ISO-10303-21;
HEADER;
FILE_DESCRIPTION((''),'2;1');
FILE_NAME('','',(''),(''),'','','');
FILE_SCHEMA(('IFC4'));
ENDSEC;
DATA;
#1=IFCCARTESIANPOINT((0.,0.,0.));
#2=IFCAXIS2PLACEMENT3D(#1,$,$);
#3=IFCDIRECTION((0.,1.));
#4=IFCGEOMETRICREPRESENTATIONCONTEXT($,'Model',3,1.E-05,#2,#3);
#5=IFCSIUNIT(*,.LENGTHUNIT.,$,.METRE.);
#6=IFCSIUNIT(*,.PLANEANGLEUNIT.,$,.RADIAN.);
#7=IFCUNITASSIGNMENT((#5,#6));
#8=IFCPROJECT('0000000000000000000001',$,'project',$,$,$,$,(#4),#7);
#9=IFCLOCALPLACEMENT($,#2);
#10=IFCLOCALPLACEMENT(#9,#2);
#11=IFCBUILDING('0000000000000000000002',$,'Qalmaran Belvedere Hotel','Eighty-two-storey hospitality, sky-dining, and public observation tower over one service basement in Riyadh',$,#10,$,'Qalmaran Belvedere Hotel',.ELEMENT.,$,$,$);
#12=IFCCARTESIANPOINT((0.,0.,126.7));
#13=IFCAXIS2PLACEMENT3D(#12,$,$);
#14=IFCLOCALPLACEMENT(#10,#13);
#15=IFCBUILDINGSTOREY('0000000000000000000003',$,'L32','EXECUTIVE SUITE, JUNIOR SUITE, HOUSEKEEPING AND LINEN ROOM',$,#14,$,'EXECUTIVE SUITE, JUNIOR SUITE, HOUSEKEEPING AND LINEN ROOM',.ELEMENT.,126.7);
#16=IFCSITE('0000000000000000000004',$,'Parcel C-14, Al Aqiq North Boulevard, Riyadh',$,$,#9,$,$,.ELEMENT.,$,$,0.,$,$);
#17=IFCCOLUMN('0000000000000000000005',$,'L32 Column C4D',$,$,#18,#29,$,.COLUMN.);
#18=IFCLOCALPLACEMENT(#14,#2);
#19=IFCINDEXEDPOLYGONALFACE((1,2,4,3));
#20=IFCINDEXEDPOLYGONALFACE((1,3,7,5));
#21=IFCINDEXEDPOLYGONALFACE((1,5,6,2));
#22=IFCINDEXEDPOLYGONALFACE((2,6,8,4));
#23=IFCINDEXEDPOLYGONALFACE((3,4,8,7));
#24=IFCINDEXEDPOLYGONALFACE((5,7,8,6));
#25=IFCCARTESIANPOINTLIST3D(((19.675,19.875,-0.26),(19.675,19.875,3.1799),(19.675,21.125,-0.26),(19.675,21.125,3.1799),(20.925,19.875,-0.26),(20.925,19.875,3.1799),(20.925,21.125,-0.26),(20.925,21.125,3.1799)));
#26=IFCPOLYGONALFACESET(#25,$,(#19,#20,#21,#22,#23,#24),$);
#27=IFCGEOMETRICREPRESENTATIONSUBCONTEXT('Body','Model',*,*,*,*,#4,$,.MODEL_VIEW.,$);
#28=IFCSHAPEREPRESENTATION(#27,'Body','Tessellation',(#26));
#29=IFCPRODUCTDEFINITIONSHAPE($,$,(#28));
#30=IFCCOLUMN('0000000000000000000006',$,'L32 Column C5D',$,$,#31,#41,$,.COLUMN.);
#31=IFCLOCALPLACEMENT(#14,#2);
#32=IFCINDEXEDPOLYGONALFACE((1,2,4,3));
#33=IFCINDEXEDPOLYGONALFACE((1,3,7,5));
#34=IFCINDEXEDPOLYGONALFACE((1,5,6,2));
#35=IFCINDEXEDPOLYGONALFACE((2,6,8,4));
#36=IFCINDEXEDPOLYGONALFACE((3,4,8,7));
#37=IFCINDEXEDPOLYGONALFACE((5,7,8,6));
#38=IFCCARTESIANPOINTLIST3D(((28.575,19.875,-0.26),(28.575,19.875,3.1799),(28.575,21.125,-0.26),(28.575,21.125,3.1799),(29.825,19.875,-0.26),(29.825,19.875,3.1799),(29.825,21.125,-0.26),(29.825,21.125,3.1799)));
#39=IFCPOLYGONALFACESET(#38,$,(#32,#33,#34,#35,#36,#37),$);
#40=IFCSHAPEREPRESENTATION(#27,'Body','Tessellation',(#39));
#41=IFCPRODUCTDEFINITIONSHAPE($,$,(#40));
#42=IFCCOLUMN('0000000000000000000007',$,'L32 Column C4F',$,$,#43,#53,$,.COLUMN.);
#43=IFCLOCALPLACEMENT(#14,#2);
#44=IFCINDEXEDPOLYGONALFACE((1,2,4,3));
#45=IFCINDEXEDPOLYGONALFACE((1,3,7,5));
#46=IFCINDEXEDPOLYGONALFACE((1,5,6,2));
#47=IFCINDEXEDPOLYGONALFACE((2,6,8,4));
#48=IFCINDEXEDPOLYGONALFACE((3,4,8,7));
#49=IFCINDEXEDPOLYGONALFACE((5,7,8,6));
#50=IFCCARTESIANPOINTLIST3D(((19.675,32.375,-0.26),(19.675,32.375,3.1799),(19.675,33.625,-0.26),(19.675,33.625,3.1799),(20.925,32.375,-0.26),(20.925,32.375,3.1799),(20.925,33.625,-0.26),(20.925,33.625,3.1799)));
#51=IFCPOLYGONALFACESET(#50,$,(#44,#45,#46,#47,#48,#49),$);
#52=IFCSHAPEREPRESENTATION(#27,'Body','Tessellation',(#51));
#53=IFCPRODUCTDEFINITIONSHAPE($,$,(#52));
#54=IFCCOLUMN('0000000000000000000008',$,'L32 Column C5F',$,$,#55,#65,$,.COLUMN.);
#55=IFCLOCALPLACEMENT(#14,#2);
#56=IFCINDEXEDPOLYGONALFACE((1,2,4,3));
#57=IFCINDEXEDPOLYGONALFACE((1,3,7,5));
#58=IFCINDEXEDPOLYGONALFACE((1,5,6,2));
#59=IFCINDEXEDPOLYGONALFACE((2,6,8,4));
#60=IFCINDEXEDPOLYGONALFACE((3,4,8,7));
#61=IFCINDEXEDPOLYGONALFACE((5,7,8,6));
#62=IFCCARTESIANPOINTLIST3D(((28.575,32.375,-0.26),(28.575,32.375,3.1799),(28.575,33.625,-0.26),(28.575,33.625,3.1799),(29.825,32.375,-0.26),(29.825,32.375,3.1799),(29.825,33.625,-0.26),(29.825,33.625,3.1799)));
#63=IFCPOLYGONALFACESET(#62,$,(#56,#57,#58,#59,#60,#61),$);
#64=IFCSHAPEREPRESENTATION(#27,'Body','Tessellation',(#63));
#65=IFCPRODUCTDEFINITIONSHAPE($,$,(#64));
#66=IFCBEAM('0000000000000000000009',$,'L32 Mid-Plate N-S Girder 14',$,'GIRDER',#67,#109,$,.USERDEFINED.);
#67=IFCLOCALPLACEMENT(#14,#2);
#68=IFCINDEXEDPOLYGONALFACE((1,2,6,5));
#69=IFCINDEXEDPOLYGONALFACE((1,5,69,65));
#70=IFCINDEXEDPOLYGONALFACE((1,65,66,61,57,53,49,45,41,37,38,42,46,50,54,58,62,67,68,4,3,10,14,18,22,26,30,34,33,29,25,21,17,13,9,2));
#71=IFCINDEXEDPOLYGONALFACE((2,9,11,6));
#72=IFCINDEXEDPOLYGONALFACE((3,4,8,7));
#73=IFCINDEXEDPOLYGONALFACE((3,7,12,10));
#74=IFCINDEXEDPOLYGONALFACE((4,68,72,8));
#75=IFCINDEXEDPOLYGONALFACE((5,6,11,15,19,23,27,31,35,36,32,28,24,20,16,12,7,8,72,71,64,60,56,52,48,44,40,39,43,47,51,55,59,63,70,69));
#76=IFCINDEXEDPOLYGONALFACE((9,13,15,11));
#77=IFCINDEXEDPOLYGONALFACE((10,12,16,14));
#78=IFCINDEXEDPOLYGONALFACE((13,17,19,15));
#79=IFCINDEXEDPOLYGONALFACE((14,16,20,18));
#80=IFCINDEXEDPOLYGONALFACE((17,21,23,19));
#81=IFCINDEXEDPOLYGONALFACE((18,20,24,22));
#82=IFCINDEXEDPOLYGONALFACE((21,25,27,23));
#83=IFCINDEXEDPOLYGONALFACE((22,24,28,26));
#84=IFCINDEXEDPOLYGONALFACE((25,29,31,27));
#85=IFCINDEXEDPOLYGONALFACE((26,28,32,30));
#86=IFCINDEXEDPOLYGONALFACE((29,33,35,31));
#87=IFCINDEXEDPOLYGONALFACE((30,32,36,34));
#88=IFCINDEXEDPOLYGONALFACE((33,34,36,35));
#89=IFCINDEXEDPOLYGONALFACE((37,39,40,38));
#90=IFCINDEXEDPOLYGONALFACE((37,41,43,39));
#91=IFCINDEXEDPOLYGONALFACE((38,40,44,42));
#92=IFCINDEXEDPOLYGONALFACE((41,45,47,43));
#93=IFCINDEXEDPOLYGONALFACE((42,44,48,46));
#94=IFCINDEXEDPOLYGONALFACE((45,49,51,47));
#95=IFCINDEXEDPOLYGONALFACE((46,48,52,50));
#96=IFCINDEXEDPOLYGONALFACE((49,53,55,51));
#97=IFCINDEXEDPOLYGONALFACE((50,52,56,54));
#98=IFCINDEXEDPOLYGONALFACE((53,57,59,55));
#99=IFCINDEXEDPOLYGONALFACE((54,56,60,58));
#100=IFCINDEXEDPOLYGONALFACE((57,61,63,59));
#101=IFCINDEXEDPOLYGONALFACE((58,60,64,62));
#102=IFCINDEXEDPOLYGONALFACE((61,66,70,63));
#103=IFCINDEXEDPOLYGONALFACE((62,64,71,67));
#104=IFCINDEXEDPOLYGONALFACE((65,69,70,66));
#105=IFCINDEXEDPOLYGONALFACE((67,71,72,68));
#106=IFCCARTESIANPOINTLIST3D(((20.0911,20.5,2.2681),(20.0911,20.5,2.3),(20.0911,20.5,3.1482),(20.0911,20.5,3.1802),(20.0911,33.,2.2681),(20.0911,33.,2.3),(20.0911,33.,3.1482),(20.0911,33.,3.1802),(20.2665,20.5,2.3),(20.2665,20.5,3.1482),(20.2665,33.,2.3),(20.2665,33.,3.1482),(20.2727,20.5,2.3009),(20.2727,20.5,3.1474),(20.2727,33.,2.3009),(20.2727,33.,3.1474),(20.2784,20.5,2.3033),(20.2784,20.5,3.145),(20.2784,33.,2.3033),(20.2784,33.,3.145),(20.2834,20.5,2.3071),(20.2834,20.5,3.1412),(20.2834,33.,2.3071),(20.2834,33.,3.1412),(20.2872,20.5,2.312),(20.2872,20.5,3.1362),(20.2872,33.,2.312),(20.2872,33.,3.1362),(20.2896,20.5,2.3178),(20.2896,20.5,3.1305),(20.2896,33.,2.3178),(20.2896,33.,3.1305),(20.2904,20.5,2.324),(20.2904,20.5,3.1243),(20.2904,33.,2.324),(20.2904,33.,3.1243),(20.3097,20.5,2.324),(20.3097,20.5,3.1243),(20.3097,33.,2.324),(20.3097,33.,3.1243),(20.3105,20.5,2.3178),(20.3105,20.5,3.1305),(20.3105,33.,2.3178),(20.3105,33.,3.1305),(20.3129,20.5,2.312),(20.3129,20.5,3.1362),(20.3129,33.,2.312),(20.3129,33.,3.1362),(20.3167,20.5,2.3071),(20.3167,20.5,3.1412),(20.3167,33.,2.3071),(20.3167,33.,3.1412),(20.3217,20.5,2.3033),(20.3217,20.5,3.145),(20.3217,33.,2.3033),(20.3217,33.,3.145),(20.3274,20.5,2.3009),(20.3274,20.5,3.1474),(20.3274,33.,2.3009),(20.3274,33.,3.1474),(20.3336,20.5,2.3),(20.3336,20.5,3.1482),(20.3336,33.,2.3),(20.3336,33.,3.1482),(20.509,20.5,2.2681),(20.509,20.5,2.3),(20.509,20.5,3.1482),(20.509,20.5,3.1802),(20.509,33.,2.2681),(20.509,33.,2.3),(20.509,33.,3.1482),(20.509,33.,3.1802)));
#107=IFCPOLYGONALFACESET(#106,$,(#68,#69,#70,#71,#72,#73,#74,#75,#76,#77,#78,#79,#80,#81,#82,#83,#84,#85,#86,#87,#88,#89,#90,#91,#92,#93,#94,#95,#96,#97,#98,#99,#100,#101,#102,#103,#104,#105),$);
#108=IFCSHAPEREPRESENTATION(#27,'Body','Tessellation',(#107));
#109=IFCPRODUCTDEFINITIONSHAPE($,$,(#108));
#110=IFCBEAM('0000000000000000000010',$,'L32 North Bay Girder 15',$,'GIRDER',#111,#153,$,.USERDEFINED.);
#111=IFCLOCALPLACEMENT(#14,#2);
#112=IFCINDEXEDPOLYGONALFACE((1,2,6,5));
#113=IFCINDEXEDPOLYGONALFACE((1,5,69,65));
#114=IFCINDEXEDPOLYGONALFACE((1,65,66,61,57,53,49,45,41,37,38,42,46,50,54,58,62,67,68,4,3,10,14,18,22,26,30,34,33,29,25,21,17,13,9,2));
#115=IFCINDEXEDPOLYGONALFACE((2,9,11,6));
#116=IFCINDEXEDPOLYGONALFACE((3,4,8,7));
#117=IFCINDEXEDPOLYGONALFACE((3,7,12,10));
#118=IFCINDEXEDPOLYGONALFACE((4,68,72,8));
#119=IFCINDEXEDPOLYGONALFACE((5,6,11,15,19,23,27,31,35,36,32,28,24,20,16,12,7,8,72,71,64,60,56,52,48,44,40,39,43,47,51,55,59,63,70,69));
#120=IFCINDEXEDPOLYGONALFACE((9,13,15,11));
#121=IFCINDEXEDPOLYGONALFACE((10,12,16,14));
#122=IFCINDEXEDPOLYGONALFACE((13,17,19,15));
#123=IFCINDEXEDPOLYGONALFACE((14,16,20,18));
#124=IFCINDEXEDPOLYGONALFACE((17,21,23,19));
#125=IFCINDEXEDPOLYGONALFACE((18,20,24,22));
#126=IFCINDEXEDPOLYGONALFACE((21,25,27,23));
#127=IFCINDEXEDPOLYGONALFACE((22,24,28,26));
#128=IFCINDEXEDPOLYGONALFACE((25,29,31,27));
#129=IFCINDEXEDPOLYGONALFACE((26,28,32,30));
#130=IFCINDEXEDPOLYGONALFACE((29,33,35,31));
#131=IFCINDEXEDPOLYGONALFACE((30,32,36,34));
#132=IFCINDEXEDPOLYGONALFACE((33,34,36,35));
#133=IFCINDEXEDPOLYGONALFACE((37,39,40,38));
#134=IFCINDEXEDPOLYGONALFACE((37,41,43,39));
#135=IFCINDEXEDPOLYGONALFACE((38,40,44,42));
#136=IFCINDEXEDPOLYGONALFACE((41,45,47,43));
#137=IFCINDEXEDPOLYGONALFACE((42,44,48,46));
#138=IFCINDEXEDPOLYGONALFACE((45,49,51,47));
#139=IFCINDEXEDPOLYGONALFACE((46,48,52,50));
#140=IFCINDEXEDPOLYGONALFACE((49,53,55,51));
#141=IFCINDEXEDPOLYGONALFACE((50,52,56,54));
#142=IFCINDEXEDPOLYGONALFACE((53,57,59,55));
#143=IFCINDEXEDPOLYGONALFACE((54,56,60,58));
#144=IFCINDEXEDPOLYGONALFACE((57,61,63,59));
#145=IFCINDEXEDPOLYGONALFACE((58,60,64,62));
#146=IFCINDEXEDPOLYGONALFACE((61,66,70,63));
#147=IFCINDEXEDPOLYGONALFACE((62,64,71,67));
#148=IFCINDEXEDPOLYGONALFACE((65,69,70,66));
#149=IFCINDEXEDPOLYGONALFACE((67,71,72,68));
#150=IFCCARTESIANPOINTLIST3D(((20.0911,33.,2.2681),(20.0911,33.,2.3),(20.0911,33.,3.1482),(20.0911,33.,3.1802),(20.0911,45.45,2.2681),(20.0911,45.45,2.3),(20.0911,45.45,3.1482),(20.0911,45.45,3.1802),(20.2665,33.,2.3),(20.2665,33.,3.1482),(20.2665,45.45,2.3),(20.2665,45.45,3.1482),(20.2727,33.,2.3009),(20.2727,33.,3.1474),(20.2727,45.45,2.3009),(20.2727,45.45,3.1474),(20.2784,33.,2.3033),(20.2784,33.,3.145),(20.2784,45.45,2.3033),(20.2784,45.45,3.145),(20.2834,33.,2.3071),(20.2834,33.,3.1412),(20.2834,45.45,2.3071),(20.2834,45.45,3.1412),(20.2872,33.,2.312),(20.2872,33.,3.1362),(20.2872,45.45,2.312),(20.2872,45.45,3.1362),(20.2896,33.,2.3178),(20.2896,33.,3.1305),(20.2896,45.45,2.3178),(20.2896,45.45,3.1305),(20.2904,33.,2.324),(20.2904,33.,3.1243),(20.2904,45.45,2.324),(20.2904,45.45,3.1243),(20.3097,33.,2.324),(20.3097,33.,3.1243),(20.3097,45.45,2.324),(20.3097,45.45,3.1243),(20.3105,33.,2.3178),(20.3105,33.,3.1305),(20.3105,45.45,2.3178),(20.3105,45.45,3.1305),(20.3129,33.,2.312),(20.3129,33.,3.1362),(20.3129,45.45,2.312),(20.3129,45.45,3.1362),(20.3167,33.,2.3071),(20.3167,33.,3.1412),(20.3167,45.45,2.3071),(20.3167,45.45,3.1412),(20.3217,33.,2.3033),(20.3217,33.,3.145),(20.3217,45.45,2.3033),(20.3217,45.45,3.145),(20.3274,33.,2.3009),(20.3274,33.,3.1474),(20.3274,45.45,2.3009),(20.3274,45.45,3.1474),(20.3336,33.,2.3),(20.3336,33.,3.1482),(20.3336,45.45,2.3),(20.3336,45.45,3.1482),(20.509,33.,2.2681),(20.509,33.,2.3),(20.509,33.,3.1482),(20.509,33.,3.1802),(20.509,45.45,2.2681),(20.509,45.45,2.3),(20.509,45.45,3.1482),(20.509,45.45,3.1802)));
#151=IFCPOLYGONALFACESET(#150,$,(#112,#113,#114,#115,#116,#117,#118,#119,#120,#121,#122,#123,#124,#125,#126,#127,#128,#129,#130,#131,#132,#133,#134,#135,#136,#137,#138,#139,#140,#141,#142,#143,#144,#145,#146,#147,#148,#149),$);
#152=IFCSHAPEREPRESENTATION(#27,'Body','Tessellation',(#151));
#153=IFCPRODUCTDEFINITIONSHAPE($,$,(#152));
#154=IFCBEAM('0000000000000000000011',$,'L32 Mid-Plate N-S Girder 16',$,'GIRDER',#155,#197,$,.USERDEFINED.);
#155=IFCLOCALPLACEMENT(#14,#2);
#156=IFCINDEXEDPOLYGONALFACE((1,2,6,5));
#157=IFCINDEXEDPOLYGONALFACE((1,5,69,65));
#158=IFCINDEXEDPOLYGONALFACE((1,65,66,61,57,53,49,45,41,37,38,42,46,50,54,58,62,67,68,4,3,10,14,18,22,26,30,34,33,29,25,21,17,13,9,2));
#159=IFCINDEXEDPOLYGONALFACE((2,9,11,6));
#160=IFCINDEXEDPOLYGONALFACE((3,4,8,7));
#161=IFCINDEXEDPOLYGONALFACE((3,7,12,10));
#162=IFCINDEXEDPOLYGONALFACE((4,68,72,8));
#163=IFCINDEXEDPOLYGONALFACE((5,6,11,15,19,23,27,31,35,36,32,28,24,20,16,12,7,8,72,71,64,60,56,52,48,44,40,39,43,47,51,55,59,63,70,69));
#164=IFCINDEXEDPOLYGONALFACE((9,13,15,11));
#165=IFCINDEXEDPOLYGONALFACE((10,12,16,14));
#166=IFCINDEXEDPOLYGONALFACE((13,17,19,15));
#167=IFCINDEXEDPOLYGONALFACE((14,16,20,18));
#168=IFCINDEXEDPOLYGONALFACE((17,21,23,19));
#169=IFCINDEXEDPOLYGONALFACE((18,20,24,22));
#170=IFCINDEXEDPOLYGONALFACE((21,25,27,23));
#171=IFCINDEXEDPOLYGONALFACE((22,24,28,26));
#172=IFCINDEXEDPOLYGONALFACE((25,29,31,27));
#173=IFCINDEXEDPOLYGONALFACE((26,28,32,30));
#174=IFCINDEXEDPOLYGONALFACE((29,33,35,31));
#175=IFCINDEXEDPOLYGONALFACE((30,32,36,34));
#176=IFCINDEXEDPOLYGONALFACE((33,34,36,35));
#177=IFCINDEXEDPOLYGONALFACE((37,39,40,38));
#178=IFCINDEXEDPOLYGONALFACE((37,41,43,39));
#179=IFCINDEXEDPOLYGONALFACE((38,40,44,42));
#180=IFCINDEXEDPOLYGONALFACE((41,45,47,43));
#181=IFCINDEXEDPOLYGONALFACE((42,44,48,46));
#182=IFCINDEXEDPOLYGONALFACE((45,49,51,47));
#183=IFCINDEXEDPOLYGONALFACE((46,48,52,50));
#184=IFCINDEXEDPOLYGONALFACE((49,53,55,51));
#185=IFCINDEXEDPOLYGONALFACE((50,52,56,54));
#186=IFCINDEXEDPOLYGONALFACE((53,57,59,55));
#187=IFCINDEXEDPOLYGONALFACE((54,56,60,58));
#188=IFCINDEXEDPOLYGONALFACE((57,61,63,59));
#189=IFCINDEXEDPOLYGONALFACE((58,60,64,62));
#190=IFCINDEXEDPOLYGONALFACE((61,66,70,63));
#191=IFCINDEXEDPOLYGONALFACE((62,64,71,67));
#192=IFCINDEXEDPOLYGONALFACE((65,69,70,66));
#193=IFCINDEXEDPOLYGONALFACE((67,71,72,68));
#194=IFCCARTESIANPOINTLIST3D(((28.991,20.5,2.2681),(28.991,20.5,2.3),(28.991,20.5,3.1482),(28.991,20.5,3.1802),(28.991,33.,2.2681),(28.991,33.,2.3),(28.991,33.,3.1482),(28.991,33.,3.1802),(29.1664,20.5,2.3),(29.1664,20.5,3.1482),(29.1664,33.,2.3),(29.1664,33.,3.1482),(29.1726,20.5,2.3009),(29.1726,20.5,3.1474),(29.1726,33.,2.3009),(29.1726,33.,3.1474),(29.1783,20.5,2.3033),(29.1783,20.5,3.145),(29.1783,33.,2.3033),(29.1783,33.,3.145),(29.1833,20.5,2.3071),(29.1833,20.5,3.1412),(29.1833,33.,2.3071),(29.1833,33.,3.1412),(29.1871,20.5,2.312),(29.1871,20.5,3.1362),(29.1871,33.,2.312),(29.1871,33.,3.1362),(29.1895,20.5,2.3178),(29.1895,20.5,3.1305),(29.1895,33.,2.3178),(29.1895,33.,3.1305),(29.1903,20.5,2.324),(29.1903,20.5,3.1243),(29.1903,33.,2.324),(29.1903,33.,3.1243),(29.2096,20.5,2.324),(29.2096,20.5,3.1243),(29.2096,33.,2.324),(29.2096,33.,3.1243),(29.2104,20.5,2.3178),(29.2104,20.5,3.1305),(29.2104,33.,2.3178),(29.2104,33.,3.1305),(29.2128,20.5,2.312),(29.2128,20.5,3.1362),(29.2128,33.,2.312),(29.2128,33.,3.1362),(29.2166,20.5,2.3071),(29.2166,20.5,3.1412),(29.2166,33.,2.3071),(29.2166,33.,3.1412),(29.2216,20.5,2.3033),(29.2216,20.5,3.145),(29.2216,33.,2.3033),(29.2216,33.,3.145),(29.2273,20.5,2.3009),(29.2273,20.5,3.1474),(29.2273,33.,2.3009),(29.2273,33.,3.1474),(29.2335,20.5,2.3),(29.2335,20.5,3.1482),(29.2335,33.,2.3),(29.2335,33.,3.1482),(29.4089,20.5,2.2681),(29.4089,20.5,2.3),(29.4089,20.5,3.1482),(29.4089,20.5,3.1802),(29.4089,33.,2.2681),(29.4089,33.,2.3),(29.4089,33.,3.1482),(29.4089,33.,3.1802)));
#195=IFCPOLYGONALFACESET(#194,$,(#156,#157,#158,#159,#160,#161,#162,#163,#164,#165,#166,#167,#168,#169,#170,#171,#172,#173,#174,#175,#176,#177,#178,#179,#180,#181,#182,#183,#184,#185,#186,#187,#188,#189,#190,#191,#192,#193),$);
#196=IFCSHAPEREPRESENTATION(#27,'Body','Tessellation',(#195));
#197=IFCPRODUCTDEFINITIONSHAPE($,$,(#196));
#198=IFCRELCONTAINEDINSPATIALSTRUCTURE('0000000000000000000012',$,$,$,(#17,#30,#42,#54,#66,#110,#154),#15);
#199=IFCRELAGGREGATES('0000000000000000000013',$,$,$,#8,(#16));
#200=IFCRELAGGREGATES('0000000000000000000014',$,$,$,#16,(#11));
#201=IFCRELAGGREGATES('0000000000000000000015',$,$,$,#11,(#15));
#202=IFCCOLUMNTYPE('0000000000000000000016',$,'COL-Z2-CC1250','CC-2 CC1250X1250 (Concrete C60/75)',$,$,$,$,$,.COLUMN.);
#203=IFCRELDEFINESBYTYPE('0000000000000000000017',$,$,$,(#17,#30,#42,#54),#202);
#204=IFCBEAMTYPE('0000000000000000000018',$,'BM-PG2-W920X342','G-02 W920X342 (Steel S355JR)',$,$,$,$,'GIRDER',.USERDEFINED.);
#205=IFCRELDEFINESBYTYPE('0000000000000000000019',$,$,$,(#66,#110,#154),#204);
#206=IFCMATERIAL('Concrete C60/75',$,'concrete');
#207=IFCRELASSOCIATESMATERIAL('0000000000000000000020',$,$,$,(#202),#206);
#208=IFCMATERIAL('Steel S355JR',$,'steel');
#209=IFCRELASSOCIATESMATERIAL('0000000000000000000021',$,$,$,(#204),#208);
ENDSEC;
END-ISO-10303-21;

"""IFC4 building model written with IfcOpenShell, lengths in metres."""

from ifc_helpers import new_model, si_unit, direction, frame, origin, origin_2d, place, context, subcontext, project, spatial, rectangle, i_section, extrude, material, material_profile, profile_set, type_object, element, save


model = new_model("IFC4")

# Units and contexts
model_context = context("Model", 3, precision=1e-05, world=origin(), true_north=direction((0.0, 1.0)))
body_context = subcontext(model_context, "Body", "Model", "MODEL_VIEW")
ifc_project = project(units=[si_unit("LENGTHUNIT", "METRE"), si_unit("PLANEANGLEUNIT", "RADIAN")], contexts=[model_context])

# Site, building, storey
site_placement = place(None, origin())
site = spatial("IfcSite", under=ifc_project, at=site_placement, Name="Parcel C-14, Al Aqiq North Boulevard, Riyadh", CompositionType="ELEMENT", RefElevation=0.0)
building_placement = place(site_placement, origin())
building = spatial("IfcBuilding", under=site, at=building_placement, Name="Qalmaran Belvedere Hotel", Description="Eighty-two-storey hospitality, sky-dining, and public observation tower over one service basement in Riyadh", LongName="Qalmaran Belvedere Hotel", CompositionType="ELEMENT")
storey_placement = place(building_placement, frame((0.0, 0.0, 126.7)))
storey = spatial("IfcBuildingStorey", under=building, at=storey_placement, Name="L32", Description="EXECUTIVE SUITE, JUNIOR SUITE, HOUSEKEEPING AND LINEN ROOM", LongName="EXECUTIVE SUITE, JUNIOR SUITE, HOUSEKEEPING AND LINEN ROOM", CompositionType="ELEMENT", Elevation=126.7)

# Columns
ifc_material_1 = material(Name="Concrete C60/75", Category="concrete")
ifc_material_profile_1 = material_profile(ifc_material_1, rectangle(XDim=1.25, YDim=1.25, at=origin_2d()), Name="CC1250X1250")
ifc_profile_set_1 = profile_set([ifc_material_profile_1], Name="Concrete C60/75")
column_type = type_object("IfcColumnType", Name="COL-Z2-CC1250", Description="CC-2 CC1250X1250 (Concrete C60/75)", PredefinedType="COLUMN", material=ifc_profile_set_1)
for number, where, z_axis, x_axis, name in (
    (1, (20.3, 20.5, -0.26), (0.0, 0.0, 1.0), (1.0, 0.0, 0.0), "L32 Column C4D"),
    (2, (29.2, 20.5, -0.26), (0.0, 0.0, 1.0), (1.0, 0.0, 0.0), "L32 Column C5D"),
    (3, (20.3, 33.0, -0.26), (0.0, 0.0, 1.0), (1.0, 0.0, 0.0), "L32 Column C4F"),
    (4, (29.2, 33.0, -0.26), (0.0, 0.0, 1.0), (1.0, 0.0, 0.0), "L32 Column C5F"),
):
    element("IfcColumn", number, at=place(storey_placement, frame(where, z_axis=z_axis, x_axis=x_axis)), inside=storey, type_object=column_type, Name=name, PredefinedType="COLUMN", context=body_context, shape_type="SweptSolid", body=[
        extrude(rectangle(XDim=1.25, YDim=1.25, at=origin_2d()), origin(), (0.0, 0.0, 1.0), 3.4399),
    ])

# Beams
ifc_material_2 = material(Name="Steel S355JR", Category="steel")
ifc_material_profile_2 = material_profile(ifc_material_2, i_section(OverallWidth=0.418, OverallDepth=0.9121, WebThickness=0.0193, FlangeThickness=0.032, FilletRadius=0.0239, at=origin_2d()), Name="W920X342")
ifc_profile_set_2 = profile_set([ifc_material_profile_2], Name="Steel S355JR")
beam_type_1 = type_object("IfcBeamType", Name="BM-PG2-W920X342", Description="G-02 W920X342 (Steel S355JR)", ElementType="GIRDER", PredefinedType="USERDEFINED", material=ifc_profile_set_2)
beam_1_placement = place(storey_placement, frame((20.3, 20.5, 2.7241), z_axis=(0.0, 1.0, 0.0), x_axis=(-1.0, 0.0, 0.0)))
element("IfcBeam", 5, at=beam_1_placement, inside=storey, type_object=beam_type_1, Name="L32 Mid-Plate N-S Girder 14", ObjectType="GIRDER", PredefinedType="USERDEFINED", context=body_context, shape_type="SweptSolid", body=[
    extrude(i_section(OverallWidth=0.418, OverallDepth=0.9121, WebThickness=0.0193, FlangeThickness=0.032, FilletRadius=0.0239, at=origin_2d()), origin(), (0.0, 0.0, 1.0), 12.5),
])
beam_2_placement = place(storey_placement, frame((20.3, 33.0, 2.7241), z_axis=(0.0, 1.0, 0.0), x_axis=(-1.0, 0.0, 0.0)))
element("IfcBeam", 6, at=beam_2_placement, inside=storey, type_object=beam_type_1, Name="L32 North Bay Girder 15", ObjectType="GIRDER", PredefinedType="USERDEFINED", context=body_context, shape_type="SweptSolid", body=[
    extrude(i_section(OverallWidth=0.418, OverallDepth=0.9121, WebThickness=0.0193, FlangeThickness=0.032, FilletRadius=0.0239, at=origin_2d()), origin(), (0.0, 0.0, 1.0), 12.45),
])
beam_3_placement = place(storey_placement, frame((29.2, 20.5, 2.7241), z_axis=(0.0, 1.0, 0.0), x_axis=(-1.0, 0.0, 0.0)))
element("IfcBeam", 7, at=beam_3_placement, inside=storey, type_object=beam_type_1, Name="L32 Mid-Plate N-S Girder 16", ObjectType="GIRDER", PredefinedType="USERDEFINED", context=body_context, shape_type="SweptSolid", body=[
    extrude(i_section(OverallWidth=0.418, OverallDepth=0.9121, WebThickness=0.0193, FlangeThickness=0.032, FilletRadius=0.0239, at=origin_2d()), origin(), (0.0, 0.0, 1.0), 12.5),
])

save(model, "model.ifc")
